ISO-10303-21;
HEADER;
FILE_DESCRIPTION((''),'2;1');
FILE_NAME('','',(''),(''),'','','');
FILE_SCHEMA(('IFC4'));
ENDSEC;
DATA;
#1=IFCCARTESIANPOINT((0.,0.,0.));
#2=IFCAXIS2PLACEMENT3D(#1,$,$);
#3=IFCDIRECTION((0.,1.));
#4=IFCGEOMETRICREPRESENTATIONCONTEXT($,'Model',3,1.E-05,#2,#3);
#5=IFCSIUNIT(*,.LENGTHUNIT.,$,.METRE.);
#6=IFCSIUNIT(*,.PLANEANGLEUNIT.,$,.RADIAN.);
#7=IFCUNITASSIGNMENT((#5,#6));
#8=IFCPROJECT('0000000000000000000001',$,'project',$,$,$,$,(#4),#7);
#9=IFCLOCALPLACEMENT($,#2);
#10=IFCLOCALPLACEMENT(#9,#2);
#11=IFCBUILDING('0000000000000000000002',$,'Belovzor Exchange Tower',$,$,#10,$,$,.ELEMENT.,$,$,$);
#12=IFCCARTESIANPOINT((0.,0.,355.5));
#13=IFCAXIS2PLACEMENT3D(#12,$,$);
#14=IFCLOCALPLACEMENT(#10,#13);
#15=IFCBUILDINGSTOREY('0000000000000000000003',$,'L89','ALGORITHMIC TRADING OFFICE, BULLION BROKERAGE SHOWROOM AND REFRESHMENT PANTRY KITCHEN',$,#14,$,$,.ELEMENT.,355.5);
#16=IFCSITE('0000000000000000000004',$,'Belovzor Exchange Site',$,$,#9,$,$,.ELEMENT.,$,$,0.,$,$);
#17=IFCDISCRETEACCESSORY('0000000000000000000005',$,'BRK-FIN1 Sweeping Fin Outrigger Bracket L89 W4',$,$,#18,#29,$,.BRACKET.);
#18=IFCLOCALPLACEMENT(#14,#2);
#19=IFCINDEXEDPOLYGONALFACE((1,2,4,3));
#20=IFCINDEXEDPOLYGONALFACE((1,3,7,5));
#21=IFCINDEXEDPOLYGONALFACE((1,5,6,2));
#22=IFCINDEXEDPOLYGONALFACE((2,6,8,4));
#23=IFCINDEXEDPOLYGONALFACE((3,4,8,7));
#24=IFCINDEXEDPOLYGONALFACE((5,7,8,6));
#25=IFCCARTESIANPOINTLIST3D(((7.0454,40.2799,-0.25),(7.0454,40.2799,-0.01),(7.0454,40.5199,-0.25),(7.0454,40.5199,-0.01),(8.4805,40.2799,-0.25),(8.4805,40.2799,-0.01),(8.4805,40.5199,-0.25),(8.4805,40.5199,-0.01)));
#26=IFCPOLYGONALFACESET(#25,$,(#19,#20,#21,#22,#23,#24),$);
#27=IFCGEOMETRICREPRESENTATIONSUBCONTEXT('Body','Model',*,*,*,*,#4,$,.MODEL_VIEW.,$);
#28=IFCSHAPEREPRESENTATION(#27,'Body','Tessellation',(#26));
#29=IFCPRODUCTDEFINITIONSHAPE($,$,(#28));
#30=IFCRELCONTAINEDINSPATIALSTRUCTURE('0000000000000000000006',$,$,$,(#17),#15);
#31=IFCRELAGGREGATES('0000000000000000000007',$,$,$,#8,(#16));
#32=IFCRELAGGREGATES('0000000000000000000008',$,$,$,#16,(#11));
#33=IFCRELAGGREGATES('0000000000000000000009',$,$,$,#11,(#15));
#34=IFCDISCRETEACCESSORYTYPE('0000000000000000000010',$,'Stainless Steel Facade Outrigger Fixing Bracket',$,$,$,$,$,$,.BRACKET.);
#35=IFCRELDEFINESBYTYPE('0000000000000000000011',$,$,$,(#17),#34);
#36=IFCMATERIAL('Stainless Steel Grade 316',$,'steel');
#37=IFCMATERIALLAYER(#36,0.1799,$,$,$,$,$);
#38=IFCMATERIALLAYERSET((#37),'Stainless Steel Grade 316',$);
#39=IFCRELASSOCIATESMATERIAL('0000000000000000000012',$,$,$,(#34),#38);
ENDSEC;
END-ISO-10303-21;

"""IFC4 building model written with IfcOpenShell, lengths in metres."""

from ifc_helpers import new_model, si_unit, direction, frame, origin, origin_2d, place, context, subcontext, project, spatial, rectangle, extrude, material, layer, layer_set, type_object, element, save


model = new_model("IFC4")

# Units and contexts
model_context = context("Model", 3, precision=1e-05, world=origin(), true_north=direction((0.0, 1.0)))
body_context = subcontext(model_context, "Body", "Model", "MODEL_VIEW")
ifc_project = project(units=[si_unit("LENGTHUNIT", "METRE"), si_unit("PLANEANGLEUNIT", "RADIAN")], contexts=[model_context])

# Site, building, storey
site_placement = place(None, origin())
site = spatial("IfcSite", under=ifc_project, at=site_placement, Name="Belovzor Exchange Site", CompositionType="ELEMENT", RefElevation=0.0)
building_placement = place(site_placement, origin())
building = spatial("IfcBuilding", under=site, at=building_placement, Name="Belovzor Exchange Tower", CompositionType="ELEMENT")
storey_placement = place(building_placement, frame((0.0, 0.0, 355.5)))
storey = spatial("IfcBuildingStorey", under=building, at=storey_placement, Name="L89", Description="ALGORITHMIC TRADING OFFICE, BULLION BROKERAGE SHOWROOM AND REFRESHMENT PANTRY KITCHEN", CompositionType="ELEMENT", Elevation=355.5)

# Discrete accessory
ifc_material_1 = material(Name="Stainless Steel Grade 316", Category="steel")
ifc_layer_1 = layer(ifc_material_1, 0.1799)
ifc_layer_set_1 = layer_set([ifc_layer_1], Name="Stainless Steel Grade 316")
discrete_accessory_type = type_object("IfcDiscreteAccessoryType", Name="Stainless Steel Facade Outrigger Fixing Bracket", PredefinedType="BRACKET", material=ifc_layer_set_1)
discrete_accessory_placement = place(storey_placement, frame((7.7629, 40.3999, -0.25), z_axis=(0.0, 0.0, 1.0), x_axis=(1.0, 0.0, 0.0)))
element("IfcDiscreteAccessory", 1, at=discrete_accessory_placement, inside=storey, type_object=discrete_accessory_type, Name="BRK-FIN1 Sweeping Fin Outrigger Bracket L89 W4", PredefinedType="BRACKET", context=body_context, shape_type="SweptSolid", body=[
    extrude(rectangle(XDim=1.4351, YDim=0.24, at=origin_2d()), origin(), (0.0, 0.0, 1.0), 0.24),
])

save(model, "model.ifc")
